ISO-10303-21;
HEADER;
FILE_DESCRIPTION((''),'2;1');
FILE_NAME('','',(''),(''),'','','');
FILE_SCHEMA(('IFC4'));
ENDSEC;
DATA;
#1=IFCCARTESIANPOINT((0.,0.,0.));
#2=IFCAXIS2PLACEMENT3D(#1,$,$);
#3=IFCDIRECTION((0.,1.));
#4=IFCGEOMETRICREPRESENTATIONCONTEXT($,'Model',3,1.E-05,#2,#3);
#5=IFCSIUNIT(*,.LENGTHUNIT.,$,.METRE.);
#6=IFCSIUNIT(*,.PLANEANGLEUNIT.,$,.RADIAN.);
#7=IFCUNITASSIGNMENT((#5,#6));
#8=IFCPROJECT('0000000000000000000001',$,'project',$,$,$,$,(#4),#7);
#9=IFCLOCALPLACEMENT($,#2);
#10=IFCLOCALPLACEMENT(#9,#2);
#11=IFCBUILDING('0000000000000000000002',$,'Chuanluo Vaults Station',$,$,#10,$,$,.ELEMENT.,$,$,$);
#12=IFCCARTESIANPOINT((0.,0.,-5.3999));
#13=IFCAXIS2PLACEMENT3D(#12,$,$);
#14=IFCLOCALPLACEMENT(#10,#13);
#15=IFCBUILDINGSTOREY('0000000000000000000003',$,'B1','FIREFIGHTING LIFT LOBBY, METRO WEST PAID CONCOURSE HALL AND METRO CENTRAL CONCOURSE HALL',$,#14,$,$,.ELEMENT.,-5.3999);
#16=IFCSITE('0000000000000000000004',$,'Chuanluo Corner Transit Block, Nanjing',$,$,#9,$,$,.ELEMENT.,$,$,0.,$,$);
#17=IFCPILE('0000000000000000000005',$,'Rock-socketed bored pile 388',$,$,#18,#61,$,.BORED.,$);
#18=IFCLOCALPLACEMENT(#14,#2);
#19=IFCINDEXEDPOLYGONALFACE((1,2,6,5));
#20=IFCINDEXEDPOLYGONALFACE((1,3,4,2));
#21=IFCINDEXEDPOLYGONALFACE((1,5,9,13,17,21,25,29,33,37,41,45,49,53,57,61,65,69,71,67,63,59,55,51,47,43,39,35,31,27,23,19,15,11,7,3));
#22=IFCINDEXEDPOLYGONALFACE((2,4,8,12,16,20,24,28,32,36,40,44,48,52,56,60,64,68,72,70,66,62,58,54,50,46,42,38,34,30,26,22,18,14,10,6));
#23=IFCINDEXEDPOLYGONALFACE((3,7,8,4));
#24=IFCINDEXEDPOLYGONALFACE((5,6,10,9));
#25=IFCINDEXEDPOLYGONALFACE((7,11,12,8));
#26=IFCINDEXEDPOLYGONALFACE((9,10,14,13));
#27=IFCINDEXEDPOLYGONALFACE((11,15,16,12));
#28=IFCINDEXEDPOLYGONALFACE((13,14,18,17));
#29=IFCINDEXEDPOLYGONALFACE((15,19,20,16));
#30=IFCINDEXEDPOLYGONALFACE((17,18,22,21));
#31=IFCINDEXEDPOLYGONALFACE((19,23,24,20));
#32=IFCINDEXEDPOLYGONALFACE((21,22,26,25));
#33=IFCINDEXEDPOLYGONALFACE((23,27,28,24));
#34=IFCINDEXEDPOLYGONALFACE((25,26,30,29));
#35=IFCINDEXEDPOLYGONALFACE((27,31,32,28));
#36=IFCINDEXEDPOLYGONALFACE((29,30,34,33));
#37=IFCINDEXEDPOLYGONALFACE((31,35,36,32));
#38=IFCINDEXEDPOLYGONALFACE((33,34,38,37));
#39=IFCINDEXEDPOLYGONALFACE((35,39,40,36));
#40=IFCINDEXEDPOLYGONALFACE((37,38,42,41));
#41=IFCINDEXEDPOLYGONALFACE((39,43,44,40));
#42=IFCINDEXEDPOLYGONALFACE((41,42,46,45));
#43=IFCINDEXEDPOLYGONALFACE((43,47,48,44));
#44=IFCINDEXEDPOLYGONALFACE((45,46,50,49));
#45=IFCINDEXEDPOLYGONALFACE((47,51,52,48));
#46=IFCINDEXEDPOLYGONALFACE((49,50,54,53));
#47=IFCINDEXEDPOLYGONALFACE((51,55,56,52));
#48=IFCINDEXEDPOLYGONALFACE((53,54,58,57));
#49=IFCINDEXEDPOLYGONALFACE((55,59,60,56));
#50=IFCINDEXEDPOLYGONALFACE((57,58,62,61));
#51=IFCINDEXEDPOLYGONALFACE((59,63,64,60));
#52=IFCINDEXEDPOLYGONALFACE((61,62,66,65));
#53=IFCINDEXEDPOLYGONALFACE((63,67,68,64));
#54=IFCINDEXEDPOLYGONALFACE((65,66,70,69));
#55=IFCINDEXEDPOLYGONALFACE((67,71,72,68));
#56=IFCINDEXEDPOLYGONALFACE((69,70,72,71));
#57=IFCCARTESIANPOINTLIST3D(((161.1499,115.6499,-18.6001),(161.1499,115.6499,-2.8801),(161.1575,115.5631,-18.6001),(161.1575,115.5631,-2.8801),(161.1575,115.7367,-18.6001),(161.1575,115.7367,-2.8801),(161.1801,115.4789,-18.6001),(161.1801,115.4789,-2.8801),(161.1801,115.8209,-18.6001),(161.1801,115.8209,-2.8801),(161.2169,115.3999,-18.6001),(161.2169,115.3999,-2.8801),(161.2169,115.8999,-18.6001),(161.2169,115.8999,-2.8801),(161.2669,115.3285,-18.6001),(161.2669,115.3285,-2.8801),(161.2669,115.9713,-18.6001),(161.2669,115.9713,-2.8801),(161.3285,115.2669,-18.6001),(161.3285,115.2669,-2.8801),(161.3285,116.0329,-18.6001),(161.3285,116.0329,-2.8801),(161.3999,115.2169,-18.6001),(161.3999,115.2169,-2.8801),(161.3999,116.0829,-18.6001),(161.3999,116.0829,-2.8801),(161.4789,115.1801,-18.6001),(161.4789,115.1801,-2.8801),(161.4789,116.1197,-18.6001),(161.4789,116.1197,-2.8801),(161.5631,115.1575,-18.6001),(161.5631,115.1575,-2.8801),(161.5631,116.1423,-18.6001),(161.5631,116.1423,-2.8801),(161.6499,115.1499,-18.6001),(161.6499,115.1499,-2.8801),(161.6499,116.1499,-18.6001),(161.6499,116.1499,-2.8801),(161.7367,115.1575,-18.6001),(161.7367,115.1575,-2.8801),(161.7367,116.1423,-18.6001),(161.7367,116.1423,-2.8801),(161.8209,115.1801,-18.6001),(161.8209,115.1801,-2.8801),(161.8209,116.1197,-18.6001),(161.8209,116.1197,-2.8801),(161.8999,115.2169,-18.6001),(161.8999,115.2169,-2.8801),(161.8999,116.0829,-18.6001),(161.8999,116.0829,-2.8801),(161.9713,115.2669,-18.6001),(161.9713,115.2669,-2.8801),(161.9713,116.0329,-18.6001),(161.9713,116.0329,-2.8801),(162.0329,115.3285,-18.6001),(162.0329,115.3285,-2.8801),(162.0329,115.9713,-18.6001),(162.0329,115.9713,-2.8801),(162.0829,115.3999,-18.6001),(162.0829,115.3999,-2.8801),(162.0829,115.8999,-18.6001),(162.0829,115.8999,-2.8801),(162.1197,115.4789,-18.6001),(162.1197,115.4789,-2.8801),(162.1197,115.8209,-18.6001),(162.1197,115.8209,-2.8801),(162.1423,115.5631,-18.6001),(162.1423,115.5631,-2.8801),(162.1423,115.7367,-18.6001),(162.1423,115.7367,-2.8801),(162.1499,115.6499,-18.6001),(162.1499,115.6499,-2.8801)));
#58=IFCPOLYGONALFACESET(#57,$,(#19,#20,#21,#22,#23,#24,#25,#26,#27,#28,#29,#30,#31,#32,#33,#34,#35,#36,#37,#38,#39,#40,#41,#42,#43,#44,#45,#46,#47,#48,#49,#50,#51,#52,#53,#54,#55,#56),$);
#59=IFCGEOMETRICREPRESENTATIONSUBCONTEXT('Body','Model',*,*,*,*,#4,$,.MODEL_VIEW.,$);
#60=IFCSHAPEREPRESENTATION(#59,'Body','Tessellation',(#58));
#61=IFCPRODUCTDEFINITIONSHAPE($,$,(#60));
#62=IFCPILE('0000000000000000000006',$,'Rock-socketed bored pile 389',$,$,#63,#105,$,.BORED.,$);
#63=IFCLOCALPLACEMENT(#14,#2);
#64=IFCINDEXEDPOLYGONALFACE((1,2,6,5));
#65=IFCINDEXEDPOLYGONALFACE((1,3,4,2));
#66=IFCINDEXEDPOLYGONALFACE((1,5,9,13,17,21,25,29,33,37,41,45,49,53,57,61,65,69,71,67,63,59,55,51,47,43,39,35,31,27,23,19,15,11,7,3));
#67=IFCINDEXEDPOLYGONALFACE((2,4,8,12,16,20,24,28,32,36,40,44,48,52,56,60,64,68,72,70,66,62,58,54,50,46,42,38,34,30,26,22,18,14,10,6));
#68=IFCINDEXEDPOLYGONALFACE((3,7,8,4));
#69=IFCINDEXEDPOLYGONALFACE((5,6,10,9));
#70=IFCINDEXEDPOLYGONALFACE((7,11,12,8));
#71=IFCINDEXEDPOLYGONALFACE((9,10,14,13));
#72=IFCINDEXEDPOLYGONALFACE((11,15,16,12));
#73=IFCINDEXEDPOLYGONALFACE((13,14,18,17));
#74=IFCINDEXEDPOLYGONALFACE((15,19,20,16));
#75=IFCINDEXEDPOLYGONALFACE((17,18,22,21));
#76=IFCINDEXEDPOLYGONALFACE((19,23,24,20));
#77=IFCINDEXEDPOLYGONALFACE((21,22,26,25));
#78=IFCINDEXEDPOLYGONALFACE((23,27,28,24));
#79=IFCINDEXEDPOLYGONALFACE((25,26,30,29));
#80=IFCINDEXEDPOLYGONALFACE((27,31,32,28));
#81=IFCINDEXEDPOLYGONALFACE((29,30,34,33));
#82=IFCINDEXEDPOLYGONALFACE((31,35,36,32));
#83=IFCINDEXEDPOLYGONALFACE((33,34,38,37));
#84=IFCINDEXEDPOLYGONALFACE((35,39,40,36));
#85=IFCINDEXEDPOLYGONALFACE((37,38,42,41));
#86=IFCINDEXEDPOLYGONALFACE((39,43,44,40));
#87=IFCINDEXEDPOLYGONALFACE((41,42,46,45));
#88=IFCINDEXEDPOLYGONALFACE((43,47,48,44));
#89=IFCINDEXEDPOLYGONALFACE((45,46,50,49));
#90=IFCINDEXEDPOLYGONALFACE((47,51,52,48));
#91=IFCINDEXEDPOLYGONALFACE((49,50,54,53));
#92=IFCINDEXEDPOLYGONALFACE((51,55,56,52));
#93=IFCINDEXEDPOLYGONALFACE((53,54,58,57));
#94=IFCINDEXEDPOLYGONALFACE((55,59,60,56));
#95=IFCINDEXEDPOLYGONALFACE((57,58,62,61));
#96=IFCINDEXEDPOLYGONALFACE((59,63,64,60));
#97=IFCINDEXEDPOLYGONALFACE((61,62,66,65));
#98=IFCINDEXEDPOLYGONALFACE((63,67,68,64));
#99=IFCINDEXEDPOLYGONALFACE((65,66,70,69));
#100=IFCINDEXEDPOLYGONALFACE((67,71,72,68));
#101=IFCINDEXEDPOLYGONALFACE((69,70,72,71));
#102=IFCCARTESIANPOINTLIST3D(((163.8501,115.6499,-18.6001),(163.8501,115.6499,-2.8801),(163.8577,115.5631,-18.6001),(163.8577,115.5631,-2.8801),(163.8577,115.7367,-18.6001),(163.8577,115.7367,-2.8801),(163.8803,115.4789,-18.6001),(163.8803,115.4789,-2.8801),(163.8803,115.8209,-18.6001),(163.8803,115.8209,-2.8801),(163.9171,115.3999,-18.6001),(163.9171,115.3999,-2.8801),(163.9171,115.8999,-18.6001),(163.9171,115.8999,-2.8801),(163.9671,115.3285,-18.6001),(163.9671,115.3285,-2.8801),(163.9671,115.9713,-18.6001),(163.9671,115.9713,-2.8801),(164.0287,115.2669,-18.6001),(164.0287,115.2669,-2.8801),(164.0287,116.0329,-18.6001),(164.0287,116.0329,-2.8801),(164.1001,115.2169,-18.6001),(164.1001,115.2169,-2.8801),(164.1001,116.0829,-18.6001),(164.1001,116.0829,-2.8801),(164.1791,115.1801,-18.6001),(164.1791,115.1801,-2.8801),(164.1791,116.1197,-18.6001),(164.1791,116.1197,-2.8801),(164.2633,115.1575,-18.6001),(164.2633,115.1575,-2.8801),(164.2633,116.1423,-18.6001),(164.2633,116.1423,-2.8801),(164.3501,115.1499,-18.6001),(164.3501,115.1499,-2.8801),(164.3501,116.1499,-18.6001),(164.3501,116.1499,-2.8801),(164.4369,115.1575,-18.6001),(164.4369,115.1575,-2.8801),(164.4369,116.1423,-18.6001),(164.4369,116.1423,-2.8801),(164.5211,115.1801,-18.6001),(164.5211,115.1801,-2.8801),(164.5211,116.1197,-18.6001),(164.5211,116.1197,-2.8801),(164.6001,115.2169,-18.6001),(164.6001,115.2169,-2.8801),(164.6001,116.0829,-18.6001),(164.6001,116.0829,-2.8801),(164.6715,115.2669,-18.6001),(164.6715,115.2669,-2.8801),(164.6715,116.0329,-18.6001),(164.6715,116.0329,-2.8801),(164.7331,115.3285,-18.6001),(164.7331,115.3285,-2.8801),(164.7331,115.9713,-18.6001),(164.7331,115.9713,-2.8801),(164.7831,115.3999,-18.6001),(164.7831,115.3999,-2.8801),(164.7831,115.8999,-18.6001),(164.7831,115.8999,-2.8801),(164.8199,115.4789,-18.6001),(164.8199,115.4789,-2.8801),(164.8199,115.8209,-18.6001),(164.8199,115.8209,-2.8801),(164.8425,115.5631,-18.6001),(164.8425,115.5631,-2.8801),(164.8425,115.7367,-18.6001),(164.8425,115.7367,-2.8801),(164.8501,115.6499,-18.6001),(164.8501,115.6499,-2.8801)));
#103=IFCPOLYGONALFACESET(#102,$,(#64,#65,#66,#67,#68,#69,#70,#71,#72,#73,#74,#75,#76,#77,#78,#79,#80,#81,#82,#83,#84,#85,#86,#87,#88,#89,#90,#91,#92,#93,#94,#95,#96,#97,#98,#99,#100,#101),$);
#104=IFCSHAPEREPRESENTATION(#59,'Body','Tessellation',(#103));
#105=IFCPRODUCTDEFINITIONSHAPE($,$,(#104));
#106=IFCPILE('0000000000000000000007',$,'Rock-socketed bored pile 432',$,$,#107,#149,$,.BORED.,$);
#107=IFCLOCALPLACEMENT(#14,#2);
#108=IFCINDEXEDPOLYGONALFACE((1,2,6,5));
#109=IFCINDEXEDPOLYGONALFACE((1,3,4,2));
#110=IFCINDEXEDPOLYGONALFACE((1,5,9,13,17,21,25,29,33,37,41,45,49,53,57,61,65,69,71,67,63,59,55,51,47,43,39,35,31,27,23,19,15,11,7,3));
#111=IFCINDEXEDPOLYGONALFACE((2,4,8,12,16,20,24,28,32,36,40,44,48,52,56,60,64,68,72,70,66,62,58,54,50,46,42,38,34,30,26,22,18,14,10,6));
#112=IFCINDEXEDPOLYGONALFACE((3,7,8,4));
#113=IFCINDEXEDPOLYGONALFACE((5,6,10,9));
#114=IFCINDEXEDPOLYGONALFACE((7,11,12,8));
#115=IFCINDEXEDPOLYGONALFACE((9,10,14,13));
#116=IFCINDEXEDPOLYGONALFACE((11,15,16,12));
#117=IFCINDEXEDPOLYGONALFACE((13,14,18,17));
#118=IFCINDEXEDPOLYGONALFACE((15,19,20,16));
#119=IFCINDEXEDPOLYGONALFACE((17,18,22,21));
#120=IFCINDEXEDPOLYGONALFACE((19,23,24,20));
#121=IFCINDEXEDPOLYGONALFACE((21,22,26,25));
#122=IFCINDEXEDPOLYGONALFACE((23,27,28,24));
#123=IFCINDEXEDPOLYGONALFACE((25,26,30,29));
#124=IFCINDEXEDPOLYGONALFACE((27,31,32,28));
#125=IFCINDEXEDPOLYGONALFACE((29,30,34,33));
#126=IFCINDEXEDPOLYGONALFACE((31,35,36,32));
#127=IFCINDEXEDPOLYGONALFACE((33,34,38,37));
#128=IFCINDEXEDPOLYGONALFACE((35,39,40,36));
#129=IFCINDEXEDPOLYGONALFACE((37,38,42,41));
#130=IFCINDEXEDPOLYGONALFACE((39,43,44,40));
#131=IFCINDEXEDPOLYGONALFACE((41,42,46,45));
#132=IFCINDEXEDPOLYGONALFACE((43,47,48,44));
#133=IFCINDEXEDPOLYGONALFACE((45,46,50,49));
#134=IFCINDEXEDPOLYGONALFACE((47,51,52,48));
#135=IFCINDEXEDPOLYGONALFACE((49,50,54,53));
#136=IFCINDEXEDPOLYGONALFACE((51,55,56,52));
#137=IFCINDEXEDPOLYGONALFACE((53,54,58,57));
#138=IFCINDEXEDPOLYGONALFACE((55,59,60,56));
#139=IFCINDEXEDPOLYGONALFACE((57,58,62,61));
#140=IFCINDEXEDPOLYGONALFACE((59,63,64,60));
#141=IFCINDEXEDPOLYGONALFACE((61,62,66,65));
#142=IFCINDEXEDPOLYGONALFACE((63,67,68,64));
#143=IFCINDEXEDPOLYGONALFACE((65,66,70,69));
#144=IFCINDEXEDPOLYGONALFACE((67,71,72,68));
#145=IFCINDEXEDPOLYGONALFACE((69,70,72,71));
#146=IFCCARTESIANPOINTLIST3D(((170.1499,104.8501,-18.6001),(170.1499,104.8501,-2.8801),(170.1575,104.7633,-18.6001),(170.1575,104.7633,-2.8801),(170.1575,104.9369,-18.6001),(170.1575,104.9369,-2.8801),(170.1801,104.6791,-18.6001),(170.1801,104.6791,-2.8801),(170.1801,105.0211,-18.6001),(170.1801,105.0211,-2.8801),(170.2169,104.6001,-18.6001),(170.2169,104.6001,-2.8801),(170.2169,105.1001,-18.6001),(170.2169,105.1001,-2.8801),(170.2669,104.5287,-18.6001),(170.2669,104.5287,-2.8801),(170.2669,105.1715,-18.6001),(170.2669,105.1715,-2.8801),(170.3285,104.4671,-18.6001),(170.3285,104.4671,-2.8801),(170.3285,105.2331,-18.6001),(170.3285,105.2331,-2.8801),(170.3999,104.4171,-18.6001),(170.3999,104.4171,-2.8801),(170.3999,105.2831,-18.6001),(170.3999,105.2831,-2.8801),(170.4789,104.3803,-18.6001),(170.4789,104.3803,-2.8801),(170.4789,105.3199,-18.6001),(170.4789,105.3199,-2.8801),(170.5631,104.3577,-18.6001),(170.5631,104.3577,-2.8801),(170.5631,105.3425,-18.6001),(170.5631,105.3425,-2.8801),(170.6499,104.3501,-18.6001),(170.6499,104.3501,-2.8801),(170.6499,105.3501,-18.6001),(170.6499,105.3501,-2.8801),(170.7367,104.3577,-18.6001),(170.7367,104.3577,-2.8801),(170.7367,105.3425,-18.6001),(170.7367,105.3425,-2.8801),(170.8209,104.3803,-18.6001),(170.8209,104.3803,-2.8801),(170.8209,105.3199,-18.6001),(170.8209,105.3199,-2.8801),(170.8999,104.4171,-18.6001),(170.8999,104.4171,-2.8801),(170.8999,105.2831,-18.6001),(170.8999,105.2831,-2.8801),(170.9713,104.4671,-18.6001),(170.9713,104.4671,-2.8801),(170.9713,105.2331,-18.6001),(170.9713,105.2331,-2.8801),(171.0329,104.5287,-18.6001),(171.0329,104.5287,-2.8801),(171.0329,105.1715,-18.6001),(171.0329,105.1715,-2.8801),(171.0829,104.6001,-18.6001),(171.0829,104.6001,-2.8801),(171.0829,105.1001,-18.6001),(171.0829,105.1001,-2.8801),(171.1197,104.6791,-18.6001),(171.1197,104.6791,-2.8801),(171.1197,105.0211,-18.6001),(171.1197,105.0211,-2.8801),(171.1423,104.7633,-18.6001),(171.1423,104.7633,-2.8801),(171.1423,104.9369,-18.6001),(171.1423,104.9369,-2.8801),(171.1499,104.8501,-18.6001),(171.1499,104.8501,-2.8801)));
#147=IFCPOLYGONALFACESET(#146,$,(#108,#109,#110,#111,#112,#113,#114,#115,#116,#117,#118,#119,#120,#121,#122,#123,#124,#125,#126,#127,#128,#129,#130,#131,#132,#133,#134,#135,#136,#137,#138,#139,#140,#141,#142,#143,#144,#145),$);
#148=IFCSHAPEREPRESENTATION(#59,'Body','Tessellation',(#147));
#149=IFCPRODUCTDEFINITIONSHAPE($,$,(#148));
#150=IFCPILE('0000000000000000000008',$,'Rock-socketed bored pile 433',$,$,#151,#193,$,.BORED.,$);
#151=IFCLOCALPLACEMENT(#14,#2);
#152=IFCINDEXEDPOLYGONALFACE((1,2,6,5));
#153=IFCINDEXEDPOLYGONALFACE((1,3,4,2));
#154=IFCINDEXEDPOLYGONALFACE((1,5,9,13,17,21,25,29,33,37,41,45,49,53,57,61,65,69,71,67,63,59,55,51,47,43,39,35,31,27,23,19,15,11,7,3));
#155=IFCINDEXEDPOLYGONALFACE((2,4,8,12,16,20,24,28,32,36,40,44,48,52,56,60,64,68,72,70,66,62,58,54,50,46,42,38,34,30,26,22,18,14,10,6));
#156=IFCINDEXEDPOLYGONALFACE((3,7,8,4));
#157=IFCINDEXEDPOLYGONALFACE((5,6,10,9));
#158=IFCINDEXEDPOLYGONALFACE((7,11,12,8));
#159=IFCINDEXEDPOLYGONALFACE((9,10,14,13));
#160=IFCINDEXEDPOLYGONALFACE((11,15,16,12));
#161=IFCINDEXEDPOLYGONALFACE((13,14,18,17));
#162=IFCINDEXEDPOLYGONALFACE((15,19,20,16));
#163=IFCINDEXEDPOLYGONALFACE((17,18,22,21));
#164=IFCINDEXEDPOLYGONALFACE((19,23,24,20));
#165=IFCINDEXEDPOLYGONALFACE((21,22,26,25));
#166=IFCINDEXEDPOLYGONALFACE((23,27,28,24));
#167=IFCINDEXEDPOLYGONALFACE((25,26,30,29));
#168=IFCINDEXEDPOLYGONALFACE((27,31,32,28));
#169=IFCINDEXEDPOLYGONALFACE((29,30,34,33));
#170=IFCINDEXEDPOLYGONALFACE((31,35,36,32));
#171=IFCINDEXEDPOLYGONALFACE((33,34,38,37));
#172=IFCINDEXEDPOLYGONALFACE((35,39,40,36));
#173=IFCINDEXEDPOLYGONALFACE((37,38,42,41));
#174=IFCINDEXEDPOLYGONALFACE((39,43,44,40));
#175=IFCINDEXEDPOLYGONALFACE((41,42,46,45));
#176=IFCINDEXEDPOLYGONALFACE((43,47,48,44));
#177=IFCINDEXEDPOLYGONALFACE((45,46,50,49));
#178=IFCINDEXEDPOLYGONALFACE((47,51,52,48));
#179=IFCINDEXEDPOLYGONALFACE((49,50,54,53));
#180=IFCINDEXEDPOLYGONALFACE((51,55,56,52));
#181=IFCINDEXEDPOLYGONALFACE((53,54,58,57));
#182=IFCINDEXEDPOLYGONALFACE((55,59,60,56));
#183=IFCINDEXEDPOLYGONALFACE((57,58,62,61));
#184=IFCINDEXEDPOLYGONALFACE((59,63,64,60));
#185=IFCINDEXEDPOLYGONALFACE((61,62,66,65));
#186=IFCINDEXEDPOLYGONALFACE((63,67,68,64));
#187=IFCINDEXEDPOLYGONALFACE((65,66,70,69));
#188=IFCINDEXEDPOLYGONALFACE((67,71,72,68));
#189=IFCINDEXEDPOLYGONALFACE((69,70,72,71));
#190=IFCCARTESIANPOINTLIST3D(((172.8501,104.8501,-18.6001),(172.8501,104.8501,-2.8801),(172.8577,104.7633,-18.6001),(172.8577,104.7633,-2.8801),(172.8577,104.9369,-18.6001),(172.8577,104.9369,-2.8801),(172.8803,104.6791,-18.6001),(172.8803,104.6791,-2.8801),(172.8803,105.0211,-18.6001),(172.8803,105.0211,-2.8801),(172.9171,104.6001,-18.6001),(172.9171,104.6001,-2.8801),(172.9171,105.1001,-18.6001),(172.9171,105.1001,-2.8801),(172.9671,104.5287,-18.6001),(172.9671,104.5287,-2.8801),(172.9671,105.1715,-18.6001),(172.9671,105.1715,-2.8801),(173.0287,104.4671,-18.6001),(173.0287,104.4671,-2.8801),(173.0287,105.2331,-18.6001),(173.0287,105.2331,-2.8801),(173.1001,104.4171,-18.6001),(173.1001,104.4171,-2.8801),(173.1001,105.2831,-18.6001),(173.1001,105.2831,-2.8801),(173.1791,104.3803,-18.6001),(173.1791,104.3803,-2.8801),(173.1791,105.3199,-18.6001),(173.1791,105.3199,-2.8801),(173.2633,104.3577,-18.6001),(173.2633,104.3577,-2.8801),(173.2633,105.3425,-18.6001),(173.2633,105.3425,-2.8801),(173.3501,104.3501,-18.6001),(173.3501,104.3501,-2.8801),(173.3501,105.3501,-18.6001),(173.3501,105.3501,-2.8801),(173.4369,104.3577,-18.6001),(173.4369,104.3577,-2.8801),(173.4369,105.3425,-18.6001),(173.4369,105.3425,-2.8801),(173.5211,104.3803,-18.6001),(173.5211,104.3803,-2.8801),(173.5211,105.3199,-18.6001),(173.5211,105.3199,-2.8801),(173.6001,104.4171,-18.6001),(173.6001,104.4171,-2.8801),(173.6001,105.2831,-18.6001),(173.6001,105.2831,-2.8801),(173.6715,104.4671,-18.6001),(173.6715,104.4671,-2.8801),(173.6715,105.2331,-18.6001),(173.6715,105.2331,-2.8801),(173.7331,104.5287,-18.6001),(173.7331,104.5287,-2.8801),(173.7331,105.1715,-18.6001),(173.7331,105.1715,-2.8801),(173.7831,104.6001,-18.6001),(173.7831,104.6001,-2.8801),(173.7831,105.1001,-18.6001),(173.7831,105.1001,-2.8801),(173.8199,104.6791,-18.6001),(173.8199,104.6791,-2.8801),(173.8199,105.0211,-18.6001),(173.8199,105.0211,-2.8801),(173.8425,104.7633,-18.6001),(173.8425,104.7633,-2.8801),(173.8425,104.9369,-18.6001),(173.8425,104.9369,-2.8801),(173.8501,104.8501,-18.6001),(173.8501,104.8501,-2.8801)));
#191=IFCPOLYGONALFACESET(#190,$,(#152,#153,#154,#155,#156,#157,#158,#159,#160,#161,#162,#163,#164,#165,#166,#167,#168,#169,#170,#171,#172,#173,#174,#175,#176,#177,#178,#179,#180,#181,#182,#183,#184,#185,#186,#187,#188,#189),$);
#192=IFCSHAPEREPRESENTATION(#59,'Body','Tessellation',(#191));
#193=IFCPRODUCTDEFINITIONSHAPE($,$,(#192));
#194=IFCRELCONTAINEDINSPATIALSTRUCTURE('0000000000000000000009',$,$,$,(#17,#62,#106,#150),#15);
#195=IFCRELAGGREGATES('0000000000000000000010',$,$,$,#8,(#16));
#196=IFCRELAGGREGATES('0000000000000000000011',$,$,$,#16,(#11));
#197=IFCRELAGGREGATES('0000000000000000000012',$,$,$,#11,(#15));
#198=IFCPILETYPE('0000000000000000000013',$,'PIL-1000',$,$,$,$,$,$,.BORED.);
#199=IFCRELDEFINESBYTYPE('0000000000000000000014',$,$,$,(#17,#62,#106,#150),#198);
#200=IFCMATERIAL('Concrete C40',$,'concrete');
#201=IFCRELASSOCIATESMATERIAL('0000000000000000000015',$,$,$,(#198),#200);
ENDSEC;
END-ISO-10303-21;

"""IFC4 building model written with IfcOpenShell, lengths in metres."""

from ifc_helpers import new_model, si_unit, direction, frame, origin, origin_2d, place, context, subcontext, project, spatial, circle, extrude, material, material_profile, profile_set, type_object, element, save


model = new_model("IFC4")

# Units and contexts
model_context = context("Model", 3, precision=1e-05, world=origin(), true_north=direction((0.0, 1.0)))
body_context = subcontext(model_context, "Body", "Model", "MODEL_VIEW")
ifc_project = project(units=[si_unit("LENGTHUNIT", "METRE"), si_unit("PLANEANGLEUNIT", "RADIAN")], contexts=[model_context])

# Site, building, storey
site_placement = place(None, origin())
site = spatial("IfcSite", under=ifc_project, at=site_placement, Name="Chuanluo Corner Transit Block, Nanjing", CompositionType="ELEMENT", RefElevation=0.0)
building_placement = place(site_placement, origin())
building = spatial("IfcBuilding", under=site, at=building_placement, Name="Chuanluo Vaults Station", CompositionType="ELEMENT")
storey_placement = place(building_placement, frame((0.0, 0.0, -5.3999)))
storey = spatial("IfcBuildingStorey", under=building, at=storey_placement, Name="B1", Description="FIREFIGHTING LIFT LOBBY, METRO WEST PAID CONCOURSE HALL AND METRO CENTRAL CONCOURSE HALL", CompositionType="ELEMENT", Elevation=-5.3999)

# Piles
ifc_material_1 = material(Name="Concrete C40", Category="concrete")
ifc_material_profile_1 = material_profile(ifc_material_1, circle(Radius=0.5, at=origin_2d()))
ifc_profile_set_1 = profile_set([ifc_material_profile_1], Name="Concrete C40")
pile_type_1 = type_object("IfcPileType", Name="PIL-1000", PredefinedType="BORED", material=ifc_profile_set_1)
for number, where, z_axis, x_axis, name in (
    (1, (161.6499, 115.6499, -2.8801), (0.0, 0.0, -1.0), (1.0, 0.0, 0.0), "Rock-socketed bored pile 388"),
    (2, (164.3501, 115.6499, -2.8801), (0.0, 0.0, -1.0), (1.0, 0.0, 0.0), "Rock-socketed bored pile 389"),
    (3, (170.6499, 104.8501, -2.8801), (0.0, 0.0, -1.0), (1.0, 0.0, 0.0), "Rock-socketed bored pile 432"),
    (4, (173.3501, 104.8501, -2.8801), (0.0, 0.0, -1.0), (1.0, 0.0, 0.0), "Rock-socketed bored pile 433"),
):
    element("IfcPile", number, at=place(storey_placement, frame(where, z_axis=z_axis, x_axis=x_axis)), inside=storey, type_object=pile_type_1, Name=name, PredefinedType="BORED", context=body_context, shape_type="SweptSolid", body=[
        extrude(circle(Radius=0.5, at=origin_2d()), origin(), (0.0, 0.0, 1.0), 15.72),
    ])

save(model, "model.ifc")
